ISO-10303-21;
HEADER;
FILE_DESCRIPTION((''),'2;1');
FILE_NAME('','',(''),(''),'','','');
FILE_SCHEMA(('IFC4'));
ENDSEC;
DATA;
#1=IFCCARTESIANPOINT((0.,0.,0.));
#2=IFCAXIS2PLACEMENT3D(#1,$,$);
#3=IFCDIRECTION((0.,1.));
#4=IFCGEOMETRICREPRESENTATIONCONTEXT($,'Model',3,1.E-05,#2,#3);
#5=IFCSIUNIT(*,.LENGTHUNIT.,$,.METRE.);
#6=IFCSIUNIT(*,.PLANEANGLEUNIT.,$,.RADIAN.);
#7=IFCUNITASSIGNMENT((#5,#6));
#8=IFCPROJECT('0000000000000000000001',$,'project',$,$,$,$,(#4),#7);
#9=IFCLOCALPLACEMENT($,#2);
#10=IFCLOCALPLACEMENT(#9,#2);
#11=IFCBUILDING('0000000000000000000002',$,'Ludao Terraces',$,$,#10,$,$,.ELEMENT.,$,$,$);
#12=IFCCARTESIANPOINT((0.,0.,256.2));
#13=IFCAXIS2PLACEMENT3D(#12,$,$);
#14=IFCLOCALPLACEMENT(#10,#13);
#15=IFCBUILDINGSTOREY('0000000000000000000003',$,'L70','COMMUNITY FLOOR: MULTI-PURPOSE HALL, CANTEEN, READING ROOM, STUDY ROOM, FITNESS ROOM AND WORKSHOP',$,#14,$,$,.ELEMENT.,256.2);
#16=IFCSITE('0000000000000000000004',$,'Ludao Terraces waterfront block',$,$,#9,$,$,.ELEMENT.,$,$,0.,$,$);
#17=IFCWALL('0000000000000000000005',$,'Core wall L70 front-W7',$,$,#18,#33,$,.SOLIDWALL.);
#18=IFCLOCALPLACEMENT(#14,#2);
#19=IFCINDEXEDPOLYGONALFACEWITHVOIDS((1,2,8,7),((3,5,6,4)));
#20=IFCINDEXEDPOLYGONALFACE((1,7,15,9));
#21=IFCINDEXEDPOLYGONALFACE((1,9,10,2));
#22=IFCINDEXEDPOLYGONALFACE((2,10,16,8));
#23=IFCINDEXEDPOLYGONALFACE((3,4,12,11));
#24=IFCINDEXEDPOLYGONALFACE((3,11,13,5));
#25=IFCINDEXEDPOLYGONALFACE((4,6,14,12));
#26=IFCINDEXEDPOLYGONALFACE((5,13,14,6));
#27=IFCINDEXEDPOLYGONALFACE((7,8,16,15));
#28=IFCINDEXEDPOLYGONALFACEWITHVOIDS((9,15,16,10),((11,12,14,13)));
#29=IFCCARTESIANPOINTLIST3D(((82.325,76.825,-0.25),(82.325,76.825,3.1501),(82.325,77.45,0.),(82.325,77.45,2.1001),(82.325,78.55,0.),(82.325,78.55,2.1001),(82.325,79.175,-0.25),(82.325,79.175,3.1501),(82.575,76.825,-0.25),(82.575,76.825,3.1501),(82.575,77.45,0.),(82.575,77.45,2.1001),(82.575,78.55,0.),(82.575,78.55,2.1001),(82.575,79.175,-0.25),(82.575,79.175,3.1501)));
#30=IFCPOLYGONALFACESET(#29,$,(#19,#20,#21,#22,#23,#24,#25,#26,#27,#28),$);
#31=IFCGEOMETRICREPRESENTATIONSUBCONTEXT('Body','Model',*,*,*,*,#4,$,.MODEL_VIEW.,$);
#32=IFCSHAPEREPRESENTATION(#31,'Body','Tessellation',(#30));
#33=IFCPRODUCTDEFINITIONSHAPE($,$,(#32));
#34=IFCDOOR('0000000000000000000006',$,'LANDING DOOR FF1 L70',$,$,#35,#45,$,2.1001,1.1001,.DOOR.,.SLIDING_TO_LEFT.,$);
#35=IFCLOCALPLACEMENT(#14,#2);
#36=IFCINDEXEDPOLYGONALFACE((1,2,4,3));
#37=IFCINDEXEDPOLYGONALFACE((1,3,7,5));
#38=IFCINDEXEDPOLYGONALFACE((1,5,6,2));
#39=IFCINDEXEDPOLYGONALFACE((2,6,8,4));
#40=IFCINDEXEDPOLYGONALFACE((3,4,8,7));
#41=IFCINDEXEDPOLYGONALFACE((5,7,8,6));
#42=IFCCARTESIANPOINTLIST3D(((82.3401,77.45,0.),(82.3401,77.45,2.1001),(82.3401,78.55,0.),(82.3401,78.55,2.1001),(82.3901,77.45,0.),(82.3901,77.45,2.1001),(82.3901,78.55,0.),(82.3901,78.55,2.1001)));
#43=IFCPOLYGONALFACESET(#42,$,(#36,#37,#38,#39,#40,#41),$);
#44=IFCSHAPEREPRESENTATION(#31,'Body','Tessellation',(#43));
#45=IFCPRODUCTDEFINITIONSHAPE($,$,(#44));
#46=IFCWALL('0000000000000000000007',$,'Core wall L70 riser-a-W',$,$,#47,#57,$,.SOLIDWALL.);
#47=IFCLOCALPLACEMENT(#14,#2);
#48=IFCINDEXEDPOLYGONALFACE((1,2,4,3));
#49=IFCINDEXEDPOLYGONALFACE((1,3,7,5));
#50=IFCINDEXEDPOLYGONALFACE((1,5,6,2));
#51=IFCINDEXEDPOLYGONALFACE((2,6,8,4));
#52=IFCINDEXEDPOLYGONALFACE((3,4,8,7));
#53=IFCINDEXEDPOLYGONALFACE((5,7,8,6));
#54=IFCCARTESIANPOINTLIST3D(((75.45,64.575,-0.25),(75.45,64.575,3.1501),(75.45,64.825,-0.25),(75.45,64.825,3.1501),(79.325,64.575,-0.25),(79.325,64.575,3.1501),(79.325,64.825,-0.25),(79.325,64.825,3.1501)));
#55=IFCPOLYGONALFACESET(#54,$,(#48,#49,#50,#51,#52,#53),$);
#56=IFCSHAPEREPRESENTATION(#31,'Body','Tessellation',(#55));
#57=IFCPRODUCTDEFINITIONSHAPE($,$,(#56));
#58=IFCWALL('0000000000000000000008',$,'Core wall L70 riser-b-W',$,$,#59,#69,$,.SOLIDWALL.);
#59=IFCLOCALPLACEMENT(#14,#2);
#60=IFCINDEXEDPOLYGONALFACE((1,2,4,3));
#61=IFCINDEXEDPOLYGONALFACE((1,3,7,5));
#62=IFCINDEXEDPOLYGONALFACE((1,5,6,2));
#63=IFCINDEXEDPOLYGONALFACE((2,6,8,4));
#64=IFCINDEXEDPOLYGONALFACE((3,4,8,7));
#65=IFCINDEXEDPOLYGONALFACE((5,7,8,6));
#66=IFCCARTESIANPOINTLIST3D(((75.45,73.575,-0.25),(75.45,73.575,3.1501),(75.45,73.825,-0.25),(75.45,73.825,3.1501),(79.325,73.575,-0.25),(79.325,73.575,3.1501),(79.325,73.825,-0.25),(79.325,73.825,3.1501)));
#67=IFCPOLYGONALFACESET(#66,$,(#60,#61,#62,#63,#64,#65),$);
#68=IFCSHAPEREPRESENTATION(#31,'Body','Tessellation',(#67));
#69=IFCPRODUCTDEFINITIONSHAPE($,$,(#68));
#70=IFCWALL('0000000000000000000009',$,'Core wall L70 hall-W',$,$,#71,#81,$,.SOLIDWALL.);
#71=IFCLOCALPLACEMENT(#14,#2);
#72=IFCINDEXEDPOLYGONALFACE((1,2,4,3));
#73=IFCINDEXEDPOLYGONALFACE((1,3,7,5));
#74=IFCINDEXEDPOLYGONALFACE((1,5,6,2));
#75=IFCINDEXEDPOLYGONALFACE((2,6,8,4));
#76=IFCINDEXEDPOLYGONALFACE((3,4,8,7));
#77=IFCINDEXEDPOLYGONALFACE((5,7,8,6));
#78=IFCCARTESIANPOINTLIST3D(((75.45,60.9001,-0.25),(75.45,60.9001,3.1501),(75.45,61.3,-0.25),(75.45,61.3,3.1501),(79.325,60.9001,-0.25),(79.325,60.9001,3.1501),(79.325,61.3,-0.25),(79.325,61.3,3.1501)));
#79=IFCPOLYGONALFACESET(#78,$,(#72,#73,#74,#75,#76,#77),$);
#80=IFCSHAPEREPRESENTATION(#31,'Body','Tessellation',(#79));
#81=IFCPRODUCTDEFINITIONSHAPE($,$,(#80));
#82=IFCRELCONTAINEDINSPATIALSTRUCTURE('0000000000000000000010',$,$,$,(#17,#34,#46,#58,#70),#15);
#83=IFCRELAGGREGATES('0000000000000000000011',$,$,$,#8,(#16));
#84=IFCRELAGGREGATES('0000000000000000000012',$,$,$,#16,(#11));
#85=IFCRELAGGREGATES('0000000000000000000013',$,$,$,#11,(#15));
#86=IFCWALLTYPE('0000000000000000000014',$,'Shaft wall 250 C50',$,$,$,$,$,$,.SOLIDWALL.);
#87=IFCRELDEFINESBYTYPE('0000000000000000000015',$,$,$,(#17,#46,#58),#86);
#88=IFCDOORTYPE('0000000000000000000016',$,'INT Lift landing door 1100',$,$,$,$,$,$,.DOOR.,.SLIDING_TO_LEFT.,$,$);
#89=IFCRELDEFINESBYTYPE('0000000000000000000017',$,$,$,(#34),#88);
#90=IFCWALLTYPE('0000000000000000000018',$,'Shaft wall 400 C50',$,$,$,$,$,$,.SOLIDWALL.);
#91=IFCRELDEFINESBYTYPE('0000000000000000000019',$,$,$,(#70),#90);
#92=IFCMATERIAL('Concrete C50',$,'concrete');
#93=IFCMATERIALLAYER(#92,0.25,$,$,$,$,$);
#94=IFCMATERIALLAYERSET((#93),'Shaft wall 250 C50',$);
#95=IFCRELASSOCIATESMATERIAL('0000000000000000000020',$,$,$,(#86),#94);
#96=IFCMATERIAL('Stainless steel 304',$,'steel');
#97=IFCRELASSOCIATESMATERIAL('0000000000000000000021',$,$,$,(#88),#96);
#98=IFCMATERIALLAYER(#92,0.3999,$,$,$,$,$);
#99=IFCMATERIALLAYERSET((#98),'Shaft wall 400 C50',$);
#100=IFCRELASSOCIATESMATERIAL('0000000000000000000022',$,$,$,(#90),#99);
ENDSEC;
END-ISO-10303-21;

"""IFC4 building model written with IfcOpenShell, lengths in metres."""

from ifc_helpers import new_model, si_unit, direction, frame, frame_2d, origin, place, context, subcontext, project, spatial, rectangle, extrude, material, layer, layer_set, type_object, element, fill, save


model = new_model("IFC4")

# Units and contexts
model_context = context("Model", 3, precision=1e-05, world=origin(), true_north=direction((0.0, 1.0)))
body_context = subcontext(model_context, "Body", "Model", "MODEL_VIEW")
ifc_project = project(units=[si_unit("LENGTHUNIT", "METRE"), si_unit("PLANEANGLEUNIT", "RADIAN")], contexts=[model_context])

# Site, building, storey
site_placement = place(None, origin())
site = spatial("IfcSite", under=ifc_project, at=site_placement, Name="Ludao Terraces waterfront block", CompositionType="ELEMENT", RefElevation=0.0)
building_placement = place(site_placement, origin())
building = spatial("IfcBuilding", under=site, at=building_placement, Name="Ludao Terraces", CompositionType="ELEMENT")
storey_placement = place(building_placement, frame((0.0, 0.0, 256.2)))
storey = spatial("IfcBuildingStorey", under=building, at=storey_placement, Name="L70", Description="COMMUNITY FLOOR: MULTI-PURPOSE HALL, CANTEEN, READING ROOM, STUDY ROOM, FITNESS ROOM AND WORKSHOP", CompositionType="ELEMENT", Elevation=256.2)

# Shared definitions
ifc_material_1 = material(Name="Concrete C50", Category="concrete")
ifc_layer_1 = layer(ifc_material_1, 0.25)
ifc_layer_set_1 = layer_set([ifc_layer_1], Name="Shaft wall 250 C50")
wall_type_1 = type_object("IfcWallType", Name="Shaft wall 250 C50", PredefinedType="SOLIDWALL", material=ifc_layer_set_1)

# Wall, opening, door
wall_1_placement = place(storey_placement, frame((82.45, 76.825, -0.25), z_axis=(0.0, 0.0, 1.0), x_axis=(0.0, 1.0, 0.0)))
wall_1 = element("IfcWall", 1, at=wall_1_placement, inside=storey, type_object=wall_type_1, Name="Core wall L70 front-W7", PredefinedType="SOLIDWALL", context=body_context, shape_type="SweptSolid", body=[
    extrude(rectangle(XDim=2.3501, YDim=0.25, at=frame_2d((1.175, 0.0))), origin(), (0.0, 0.0, 1.0), 3.4001),
])
opening_1_placement = place(wall_1_placement, frame((0.625, 0.0, 0.25)))
opening_1 = element("IfcOpeningElement", 2, at=opening_1_placement, cuts=wall_1, PredefinedType="OPENING", context=body_context, shape_type="SweptSolid", body=[
    extrude(rectangle(XDim=1.1001, YDim=2.1001, at=frame_2d((0.55, 1.05))), frame((0.0, 0.135, 0.0), z_axis=(0.0, -1.0, 0.0), x_axis=(1.0, 0.0, 0.0)), (0.0, 0.0, 1.0), 0.27),
])
ifc_material_2 = material(Name="Stainless steel 304", Category="steel")
door_type_1 = type_object("IfcDoorType", Name="INT Lift landing door 1100", OperationType="SLIDING_TO_LEFT", PredefinedType="DOOR", material=ifc_material_2)
door_1_placement = place(opening_1_placement, origin())
door_1 = element("IfcDoor", 3, at=door_1_placement, inside=storey, type_object=door_type_1, Name="LANDING DOOR FF1 L70", OperationType="SLIDING_TO_LEFT", OverallHeight=2.1001, OverallWidth=1.1001, PredefinedType="DOOR", context=body_context, shape_type="SweptSolid", body=[
    extrude(rectangle(XDim=1.1001, YDim=2.1001, at=frame_2d((0.55, 1.05))), frame((0.0, 0.1099, 0.0), z_axis=(0.0, -1.0, 0.0), x_axis=(1.0, 0.0, 0.0)), (0.0, 0.0, 1.0), 0.05),
])
fill(opening_1, door_1)

# Walls
for number, where, z_axis, x_axis, name in (
    (4, (75.45, 64.7, -0.25), (0.0, 0.0, 1.0), (1.0, 0.0, 0.0), "Core wall L70 riser-a-W"),
    (5, (75.45, 73.7, -0.25), (0.0, 0.0, 1.0), (1.0, 0.0, 0.0), "Core wall L70 riser-b-W"),
):
    element("IfcWall", number, at=place(storey_placement, frame(where, z_axis=z_axis, x_axis=x_axis)), inside=storey, type_object=wall_type_1, Name=name, PredefinedType="SOLIDWALL", context=body_context, shape_type="SweptSolid", body=[
        extrude(rectangle(XDim=3.875, YDim=0.25, at=frame_2d((1.9375, 0.0))), origin(), (0.0, 0.0, 1.0), 3.4001),
    ])
ifc_layer_2 = layer(ifc_material_1, 0.3999)
ifc_layer_set_2 = layer_set([ifc_layer_2], Name="Shaft wall 400 C50")
wall_type_2 = type_object("IfcWallType", Name="Shaft wall 400 C50", PredefinedType="SOLIDWALL", material=ifc_layer_set_2)
wall_2_placement = place(storey_placement, frame((75.45, 61.1001, -0.25), z_axis=(0.0, 0.0, 1.0), x_axis=(1.0, 0.0, 0.0)))
element("IfcWall", 6, at=wall_2_placement, inside=storey, type_object=wall_type_2, Name="Core wall L70 hall-W", PredefinedType="SOLIDWALL", context=body_context, shape_type="SweptSolid", body=[
    extrude(rectangle(XDim=3.875, YDim=0.3999, at=frame_2d((1.9375, 0.0))), origin(), (0.0, 0.0, 1.0), 3.4001),
])

save(model, "model.ifc")
